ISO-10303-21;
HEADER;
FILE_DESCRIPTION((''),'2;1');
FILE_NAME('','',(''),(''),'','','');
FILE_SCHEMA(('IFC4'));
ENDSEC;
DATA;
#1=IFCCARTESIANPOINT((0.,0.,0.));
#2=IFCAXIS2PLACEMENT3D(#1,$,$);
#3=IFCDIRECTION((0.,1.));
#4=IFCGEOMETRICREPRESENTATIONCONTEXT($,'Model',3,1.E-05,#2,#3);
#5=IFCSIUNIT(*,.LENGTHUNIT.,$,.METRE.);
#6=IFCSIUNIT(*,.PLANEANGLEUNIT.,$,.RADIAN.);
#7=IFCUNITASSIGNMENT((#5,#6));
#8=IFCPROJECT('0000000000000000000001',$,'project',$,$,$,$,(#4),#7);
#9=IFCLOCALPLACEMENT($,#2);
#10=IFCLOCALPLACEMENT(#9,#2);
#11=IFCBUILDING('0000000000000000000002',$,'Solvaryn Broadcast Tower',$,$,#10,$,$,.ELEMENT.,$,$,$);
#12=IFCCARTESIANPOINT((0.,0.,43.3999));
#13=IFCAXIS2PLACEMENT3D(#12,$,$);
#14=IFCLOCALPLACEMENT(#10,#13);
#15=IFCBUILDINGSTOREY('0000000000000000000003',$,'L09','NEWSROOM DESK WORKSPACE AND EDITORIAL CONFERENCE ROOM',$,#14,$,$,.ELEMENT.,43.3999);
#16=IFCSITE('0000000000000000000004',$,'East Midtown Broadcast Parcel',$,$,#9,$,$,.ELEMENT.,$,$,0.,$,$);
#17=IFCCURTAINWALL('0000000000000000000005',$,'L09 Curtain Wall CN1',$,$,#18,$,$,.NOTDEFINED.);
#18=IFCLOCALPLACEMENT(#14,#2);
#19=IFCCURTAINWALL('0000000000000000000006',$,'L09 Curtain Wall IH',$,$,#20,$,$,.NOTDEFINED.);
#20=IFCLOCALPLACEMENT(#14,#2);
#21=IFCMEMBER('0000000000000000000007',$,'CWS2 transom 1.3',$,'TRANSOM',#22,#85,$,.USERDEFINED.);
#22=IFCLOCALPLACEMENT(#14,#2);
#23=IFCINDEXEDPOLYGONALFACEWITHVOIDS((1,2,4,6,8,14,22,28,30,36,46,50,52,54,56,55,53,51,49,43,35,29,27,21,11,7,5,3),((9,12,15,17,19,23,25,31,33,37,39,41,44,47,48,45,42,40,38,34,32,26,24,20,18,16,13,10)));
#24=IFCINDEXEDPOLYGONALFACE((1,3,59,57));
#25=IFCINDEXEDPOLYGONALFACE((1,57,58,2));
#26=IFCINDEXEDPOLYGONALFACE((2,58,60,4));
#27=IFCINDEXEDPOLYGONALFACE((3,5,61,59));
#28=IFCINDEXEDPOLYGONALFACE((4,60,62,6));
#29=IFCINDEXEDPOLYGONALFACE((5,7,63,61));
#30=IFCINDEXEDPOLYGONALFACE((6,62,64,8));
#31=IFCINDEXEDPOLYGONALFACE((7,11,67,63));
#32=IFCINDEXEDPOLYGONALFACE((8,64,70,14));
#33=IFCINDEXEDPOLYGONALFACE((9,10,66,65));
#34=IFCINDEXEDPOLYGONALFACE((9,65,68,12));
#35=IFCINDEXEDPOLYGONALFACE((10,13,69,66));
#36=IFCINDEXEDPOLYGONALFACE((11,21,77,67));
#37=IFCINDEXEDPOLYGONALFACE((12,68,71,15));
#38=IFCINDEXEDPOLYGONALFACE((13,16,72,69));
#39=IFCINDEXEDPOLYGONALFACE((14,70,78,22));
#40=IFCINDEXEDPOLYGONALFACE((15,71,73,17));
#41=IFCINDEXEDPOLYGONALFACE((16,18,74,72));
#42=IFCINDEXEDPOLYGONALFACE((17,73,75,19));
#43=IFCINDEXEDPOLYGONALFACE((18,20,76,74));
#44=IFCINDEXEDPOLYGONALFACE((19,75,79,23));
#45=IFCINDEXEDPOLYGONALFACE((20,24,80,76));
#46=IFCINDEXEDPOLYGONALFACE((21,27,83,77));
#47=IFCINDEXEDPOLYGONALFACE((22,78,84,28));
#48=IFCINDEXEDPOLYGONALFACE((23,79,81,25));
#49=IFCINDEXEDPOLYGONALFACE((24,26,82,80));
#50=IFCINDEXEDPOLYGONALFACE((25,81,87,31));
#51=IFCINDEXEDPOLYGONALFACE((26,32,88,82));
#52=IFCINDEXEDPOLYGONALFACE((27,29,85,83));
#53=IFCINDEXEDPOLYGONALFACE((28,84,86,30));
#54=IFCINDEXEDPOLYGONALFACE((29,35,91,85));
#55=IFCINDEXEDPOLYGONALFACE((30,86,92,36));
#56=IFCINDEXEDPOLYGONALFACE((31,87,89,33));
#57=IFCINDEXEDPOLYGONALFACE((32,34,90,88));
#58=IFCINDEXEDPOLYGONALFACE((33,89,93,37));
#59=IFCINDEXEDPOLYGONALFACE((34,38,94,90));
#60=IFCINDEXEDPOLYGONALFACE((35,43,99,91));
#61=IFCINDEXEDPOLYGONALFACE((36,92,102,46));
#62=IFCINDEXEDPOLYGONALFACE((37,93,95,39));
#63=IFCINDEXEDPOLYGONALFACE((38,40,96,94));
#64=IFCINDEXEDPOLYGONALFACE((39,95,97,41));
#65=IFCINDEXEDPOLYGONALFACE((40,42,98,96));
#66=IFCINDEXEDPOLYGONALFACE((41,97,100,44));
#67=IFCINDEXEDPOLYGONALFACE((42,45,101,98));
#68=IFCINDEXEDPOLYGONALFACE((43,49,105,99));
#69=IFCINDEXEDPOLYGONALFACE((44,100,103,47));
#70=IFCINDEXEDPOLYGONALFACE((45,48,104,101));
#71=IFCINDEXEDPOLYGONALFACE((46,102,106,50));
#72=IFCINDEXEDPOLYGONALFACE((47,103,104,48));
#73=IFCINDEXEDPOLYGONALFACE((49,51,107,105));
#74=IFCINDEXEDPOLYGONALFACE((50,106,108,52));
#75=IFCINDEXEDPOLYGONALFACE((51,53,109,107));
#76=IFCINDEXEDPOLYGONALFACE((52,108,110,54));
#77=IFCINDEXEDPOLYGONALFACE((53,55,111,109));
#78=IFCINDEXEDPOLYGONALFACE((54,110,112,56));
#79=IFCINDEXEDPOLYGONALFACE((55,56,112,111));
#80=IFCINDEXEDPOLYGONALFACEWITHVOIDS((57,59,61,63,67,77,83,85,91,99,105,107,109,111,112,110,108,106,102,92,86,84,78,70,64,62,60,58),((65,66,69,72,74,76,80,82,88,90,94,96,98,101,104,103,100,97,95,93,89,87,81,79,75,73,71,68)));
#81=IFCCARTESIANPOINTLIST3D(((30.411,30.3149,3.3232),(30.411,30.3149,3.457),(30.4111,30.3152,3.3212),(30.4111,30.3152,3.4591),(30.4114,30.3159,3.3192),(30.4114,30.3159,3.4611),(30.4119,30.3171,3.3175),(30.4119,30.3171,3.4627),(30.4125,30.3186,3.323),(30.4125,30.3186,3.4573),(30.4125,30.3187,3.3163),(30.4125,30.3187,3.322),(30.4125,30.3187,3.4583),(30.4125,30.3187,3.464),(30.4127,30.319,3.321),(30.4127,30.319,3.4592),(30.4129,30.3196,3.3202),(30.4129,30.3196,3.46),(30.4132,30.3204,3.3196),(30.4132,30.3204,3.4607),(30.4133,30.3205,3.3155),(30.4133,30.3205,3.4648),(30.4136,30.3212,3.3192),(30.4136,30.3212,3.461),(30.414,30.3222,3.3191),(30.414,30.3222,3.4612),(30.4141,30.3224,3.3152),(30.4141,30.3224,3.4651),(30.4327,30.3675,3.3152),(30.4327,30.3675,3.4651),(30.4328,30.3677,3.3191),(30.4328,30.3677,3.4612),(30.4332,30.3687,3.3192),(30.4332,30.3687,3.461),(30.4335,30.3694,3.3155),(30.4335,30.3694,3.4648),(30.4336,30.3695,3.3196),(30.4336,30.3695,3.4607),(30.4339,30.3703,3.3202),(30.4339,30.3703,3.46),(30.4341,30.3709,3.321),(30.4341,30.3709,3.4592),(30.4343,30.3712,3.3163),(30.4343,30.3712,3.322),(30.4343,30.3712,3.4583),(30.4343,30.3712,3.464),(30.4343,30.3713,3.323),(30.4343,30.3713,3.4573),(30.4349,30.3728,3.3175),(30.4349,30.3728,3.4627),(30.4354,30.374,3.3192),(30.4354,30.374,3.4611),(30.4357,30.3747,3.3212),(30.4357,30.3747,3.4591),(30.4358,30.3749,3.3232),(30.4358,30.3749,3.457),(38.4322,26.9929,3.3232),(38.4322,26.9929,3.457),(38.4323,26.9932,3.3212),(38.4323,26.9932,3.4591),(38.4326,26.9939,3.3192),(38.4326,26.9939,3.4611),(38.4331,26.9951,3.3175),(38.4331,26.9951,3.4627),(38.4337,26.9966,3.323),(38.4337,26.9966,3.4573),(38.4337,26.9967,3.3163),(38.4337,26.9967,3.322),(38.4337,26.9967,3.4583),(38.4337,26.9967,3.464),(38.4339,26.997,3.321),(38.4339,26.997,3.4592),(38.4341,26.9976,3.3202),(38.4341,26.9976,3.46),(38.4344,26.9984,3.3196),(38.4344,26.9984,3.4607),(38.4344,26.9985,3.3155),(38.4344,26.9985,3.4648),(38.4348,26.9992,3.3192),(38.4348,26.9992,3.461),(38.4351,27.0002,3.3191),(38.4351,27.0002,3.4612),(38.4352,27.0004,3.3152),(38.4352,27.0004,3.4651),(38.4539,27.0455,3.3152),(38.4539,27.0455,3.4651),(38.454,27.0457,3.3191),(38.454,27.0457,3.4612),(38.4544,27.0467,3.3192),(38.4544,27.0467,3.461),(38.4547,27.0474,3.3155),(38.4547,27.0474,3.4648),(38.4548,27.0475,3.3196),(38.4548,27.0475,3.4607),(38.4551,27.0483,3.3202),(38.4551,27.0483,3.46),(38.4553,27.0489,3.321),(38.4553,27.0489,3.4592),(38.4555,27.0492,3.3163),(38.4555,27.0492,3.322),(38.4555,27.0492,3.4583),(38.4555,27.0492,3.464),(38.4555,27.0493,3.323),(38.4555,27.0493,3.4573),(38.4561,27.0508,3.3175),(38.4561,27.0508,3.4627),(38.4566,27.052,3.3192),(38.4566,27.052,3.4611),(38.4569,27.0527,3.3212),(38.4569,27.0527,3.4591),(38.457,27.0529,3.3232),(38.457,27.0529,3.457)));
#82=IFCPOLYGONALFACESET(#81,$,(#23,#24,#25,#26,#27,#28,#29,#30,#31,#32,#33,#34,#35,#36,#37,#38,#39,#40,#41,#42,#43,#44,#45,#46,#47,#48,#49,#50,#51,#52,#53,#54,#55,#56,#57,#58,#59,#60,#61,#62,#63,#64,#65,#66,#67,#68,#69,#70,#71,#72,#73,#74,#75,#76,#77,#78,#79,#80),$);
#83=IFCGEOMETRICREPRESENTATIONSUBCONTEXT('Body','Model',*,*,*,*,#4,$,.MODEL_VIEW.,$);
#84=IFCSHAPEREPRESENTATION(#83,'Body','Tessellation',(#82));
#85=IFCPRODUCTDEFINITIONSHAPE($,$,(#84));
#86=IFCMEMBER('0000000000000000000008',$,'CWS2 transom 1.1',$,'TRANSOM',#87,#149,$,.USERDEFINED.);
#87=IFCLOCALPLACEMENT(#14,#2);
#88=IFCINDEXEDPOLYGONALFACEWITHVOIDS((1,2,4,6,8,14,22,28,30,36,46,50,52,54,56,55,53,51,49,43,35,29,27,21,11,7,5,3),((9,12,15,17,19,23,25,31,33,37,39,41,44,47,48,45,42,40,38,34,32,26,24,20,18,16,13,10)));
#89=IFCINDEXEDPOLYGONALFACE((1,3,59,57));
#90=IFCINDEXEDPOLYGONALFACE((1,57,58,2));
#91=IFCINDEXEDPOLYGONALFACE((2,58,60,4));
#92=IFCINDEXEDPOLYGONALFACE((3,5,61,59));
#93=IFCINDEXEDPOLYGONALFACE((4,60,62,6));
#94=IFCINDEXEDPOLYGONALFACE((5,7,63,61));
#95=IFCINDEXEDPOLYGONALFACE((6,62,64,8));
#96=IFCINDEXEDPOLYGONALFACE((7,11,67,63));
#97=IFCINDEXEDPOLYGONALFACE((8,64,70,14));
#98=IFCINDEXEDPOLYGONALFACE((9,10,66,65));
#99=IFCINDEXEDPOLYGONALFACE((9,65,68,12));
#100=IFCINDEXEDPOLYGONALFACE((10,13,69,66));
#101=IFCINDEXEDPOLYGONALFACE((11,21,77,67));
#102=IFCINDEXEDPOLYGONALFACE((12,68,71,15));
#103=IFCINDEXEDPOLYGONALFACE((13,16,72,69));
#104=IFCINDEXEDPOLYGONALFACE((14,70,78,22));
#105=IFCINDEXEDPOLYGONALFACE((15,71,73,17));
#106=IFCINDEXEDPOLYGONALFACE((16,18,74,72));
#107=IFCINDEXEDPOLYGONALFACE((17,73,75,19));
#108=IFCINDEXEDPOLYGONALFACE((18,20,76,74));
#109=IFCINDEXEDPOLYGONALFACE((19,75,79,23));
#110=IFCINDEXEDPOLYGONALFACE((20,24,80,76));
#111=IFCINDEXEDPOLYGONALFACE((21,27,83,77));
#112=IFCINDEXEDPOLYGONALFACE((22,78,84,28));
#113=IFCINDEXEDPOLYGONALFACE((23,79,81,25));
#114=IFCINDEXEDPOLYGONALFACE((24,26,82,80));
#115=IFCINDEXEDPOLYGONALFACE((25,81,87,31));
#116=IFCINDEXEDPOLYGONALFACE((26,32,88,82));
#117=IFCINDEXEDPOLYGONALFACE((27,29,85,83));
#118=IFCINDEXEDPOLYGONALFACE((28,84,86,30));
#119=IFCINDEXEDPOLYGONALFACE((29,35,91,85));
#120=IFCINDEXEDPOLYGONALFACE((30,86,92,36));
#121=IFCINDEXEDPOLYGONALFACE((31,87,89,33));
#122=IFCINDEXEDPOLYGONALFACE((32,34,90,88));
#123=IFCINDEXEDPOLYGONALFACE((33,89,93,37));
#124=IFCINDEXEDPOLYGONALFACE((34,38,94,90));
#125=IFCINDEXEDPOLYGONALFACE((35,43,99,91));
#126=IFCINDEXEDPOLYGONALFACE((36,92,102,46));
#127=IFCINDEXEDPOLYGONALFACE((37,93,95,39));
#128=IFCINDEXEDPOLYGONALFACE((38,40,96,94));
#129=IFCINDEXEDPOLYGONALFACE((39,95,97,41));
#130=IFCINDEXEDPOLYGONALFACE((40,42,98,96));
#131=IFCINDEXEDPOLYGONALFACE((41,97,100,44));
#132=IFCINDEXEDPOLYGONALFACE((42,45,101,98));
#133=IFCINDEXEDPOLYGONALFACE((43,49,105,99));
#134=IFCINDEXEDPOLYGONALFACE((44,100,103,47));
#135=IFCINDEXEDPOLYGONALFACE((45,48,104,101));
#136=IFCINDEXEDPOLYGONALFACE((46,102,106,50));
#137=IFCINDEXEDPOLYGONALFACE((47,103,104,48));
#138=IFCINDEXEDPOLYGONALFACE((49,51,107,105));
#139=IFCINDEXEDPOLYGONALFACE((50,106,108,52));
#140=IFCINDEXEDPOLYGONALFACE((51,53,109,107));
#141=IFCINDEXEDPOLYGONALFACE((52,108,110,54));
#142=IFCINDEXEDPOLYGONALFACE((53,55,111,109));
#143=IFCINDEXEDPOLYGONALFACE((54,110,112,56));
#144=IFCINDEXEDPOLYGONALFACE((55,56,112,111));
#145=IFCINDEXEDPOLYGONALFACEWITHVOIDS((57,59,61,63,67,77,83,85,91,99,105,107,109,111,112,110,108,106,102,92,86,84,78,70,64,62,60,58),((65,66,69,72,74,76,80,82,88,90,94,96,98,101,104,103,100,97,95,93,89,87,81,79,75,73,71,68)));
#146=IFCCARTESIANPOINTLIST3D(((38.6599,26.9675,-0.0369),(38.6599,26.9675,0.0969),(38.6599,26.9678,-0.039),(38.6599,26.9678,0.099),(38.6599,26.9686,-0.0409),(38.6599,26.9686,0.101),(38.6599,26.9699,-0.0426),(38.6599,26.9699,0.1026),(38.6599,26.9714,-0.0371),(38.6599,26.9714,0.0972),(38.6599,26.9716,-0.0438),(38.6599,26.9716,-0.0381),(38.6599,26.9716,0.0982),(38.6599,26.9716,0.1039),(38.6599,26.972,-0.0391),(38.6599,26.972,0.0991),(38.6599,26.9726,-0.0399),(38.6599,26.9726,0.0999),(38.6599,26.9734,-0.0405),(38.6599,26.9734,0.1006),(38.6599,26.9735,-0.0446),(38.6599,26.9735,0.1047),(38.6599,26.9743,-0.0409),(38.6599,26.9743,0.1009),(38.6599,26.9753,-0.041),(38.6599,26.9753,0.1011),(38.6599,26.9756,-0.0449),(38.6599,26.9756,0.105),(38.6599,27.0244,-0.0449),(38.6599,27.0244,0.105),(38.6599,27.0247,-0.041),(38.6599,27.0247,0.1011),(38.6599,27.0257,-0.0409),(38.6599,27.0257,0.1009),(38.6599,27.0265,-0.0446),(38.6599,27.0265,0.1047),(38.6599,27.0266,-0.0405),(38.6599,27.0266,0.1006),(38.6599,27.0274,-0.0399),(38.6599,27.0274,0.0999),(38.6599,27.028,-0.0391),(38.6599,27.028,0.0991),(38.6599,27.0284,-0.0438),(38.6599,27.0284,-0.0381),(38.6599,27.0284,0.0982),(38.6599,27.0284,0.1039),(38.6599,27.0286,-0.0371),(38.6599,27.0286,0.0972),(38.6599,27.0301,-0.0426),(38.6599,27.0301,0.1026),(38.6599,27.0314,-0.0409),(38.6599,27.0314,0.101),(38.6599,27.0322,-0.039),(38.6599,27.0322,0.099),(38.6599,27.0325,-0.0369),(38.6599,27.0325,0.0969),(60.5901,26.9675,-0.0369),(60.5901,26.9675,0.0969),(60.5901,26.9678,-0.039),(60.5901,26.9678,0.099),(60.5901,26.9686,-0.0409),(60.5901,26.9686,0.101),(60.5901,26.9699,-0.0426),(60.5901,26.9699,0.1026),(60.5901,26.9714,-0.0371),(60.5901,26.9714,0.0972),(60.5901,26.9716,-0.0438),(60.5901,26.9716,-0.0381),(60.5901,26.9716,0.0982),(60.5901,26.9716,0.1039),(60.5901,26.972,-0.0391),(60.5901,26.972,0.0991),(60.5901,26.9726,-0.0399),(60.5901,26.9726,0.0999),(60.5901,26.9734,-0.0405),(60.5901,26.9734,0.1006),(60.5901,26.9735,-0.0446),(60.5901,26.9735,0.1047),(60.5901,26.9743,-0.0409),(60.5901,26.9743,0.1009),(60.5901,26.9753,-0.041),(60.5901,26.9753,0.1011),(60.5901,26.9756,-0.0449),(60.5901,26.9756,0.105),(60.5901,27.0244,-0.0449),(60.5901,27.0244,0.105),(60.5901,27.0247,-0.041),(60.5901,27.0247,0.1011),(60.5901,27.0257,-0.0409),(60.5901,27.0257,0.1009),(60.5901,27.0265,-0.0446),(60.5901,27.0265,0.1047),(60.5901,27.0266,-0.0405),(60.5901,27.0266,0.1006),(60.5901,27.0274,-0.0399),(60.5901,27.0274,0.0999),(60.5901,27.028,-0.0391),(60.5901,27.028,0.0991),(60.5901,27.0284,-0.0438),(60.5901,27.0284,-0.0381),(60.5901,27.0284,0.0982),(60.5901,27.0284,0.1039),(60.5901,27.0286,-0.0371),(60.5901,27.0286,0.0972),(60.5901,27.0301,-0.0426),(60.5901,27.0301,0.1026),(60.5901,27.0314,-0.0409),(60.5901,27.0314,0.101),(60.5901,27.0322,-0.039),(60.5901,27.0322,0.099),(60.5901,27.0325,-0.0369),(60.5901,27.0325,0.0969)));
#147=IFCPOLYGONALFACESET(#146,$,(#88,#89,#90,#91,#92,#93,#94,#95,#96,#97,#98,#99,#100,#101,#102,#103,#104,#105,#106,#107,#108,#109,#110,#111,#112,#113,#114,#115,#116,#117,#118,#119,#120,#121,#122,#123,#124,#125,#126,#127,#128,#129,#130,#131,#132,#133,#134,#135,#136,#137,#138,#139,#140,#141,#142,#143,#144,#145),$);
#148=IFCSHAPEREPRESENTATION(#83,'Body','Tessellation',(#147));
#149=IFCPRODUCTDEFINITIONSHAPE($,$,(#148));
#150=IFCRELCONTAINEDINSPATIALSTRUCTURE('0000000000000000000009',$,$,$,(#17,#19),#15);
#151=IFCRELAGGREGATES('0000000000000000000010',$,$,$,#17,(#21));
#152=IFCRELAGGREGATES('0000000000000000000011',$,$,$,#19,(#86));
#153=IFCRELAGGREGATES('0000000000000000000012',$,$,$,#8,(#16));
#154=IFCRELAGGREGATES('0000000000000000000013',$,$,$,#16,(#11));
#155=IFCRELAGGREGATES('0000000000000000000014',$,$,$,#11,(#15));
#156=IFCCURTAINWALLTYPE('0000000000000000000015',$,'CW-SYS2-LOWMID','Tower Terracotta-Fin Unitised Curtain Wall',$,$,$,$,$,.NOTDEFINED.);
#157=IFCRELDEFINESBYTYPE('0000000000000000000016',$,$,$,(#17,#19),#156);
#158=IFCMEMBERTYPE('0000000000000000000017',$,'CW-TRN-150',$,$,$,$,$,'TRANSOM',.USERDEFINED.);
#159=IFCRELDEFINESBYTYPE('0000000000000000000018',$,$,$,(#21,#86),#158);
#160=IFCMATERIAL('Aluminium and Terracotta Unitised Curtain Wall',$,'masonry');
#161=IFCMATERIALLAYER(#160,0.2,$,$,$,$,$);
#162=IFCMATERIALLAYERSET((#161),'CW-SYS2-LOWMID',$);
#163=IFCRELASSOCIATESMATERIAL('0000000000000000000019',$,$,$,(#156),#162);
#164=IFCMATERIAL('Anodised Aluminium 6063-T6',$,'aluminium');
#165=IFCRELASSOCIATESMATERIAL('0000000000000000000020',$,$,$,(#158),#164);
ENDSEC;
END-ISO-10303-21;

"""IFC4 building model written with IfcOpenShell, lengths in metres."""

from ifc_helpers import new_model, si_unit, direction, frame, origin, origin_2d, place, context, subcontext, project, spatial, hollow_rectangle, extrude, material, layer, layer_set, material_profile, profile_set, type_object, element, aggregate, save


model = new_model("IFC4")

# Units and contexts
model_context = context("Model", 3, precision=1e-05, world=origin(), true_north=direction((0.0, 1.0)))
body_context = subcontext(model_context, "Body", "Model", "MODEL_VIEW")
ifc_project = project(units=[si_unit("LENGTHUNIT", "METRE"), si_unit("PLANEANGLEUNIT", "RADIAN")], contexts=[model_context])

# Site, building, storey
site_placement = place(None, origin())
site = spatial("IfcSite", under=ifc_project, at=site_placement, Name="East Midtown Broadcast Parcel", CompositionType="ELEMENT", RefElevation=0.0)
building_placement = place(site_placement, origin())
building = spatial("IfcBuilding", under=site, at=building_placement, Name="Solvaryn Broadcast Tower", CompositionType="ELEMENT")
storey_placement = place(building_placement, frame((0.0, 0.0, 43.3999)))
storey = spatial("IfcBuildingStorey", under=building, at=storey_placement, Name="L09", Description="NEWSROOM DESK WORKSPACE AND EDITORIAL CONFERENCE ROOM", CompositionType="ELEMENT", Elevation=43.3999)

# Curtain walls
ifc_material_1 = material(Name="Aluminium and Terracotta Unitised Curtain Wall", Category="masonry")
ifc_layer_1 = layer(ifc_material_1, 0.2)
ifc_layer_set_1 = layer_set([ifc_layer_1], Name="CW-SYS2-LOWMID")
curtain_wall_type = type_object("IfcCurtainWallType", Name="CW-SYS2-LOWMID", Description="Tower Terracotta-Fin Unitised Curtain Wall", PredefinedType="NOTDEFINED", material=ifc_layer_set_1)
curtain_wall_1_placement = place(storey_placement, origin())
curtain_wall_1 = element("IfcCurtainWall", 1, at=curtain_wall_1_placement, inside=storey, type_object=curtain_wall_type, Name="L09 Curtain Wall CN1", PredefinedType="NOTDEFINED")
curtain_wall_2_placement = place(storey_placement, origin())
curtain_wall_2 = element("IfcCurtainWall", 2, at=curtain_wall_2_placement, inside=storey, type_object=curtain_wall_type, Name="L09 Curtain Wall IH", PredefinedType="NOTDEFINED")

# Members
ifc_material_2 = material(Name="Anodised Aluminium 6063-T6", Category="aluminium")
ifc_material_profile_1 = material_profile(ifc_material_2, hollow_rectangle(XDim=0.0649, YDim=0.1499, WallThickness=0.0039, InnerFilletRadius=0.0039, OuterFilletRadius=0.0081, at=origin_2d()))
ifc_profile_set_1 = profile_set([ifc_material_profile_1], Name="Anodised Aluminium 6063-T6")
member_type_1 = type_object("IfcMemberType", Name="CW-TRN-150", ElementType="TRANSOM", PredefinedType="USERDEFINED", material=ifc_profile_set_1)
member_1_placement = place(storey_placement, frame((38.4446, 27.0229, 3.3901), z_axis=(-0.923899, 0.382636, 0.0), x_axis=(-0.382636, -0.923899, 0.0)))
member_1 = element("IfcMember", 3, at=member_1_placement, type_object=member_type_1, Name="CWS2 transom 1.3", ObjectType="TRANSOM", PredefinedType="USERDEFINED", context=body_context, shape_type="SweptSolid", body=[
    extrude(hollow_rectangle(XDim=0.0649, YDim=0.1499, WallThickness=0.0039, InnerFilletRadius=0.0039, OuterFilletRadius=0.0081, at=origin_2d()), origin(), (0.0, 0.0, 1.0), 8.6819),
])
aggregate(curtain_wall_1, [member_1])
member_2_placement = place(storey_placement, frame((38.6599, 27.0, 0.03), z_axis=(1.0, 0.0, 0.0), x_axis=(0.0, 1.0, 0.0)))
member_2 = element("IfcMember", 4, at=member_2_placement, type_object=member_type_1, Name="CWS2 transom 1.1", ObjectType="TRANSOM", PredefinedType="USERDEFINED", context=body_context, shape_type="SweptSolid", body=[
    extrude(hollow_rectangle(XDim=0.0649, YDim=0.1499, WallThickness=0.0039, InnerFilletRadius=0.0039, OuterFilletRadius=0.0081, at=origin_2d()), origin(), (0.0, 0.0, 1.0), 21.9302),
])
aggregate(curtain_wall_2, [member_2])

save(model, "model.ifc")
